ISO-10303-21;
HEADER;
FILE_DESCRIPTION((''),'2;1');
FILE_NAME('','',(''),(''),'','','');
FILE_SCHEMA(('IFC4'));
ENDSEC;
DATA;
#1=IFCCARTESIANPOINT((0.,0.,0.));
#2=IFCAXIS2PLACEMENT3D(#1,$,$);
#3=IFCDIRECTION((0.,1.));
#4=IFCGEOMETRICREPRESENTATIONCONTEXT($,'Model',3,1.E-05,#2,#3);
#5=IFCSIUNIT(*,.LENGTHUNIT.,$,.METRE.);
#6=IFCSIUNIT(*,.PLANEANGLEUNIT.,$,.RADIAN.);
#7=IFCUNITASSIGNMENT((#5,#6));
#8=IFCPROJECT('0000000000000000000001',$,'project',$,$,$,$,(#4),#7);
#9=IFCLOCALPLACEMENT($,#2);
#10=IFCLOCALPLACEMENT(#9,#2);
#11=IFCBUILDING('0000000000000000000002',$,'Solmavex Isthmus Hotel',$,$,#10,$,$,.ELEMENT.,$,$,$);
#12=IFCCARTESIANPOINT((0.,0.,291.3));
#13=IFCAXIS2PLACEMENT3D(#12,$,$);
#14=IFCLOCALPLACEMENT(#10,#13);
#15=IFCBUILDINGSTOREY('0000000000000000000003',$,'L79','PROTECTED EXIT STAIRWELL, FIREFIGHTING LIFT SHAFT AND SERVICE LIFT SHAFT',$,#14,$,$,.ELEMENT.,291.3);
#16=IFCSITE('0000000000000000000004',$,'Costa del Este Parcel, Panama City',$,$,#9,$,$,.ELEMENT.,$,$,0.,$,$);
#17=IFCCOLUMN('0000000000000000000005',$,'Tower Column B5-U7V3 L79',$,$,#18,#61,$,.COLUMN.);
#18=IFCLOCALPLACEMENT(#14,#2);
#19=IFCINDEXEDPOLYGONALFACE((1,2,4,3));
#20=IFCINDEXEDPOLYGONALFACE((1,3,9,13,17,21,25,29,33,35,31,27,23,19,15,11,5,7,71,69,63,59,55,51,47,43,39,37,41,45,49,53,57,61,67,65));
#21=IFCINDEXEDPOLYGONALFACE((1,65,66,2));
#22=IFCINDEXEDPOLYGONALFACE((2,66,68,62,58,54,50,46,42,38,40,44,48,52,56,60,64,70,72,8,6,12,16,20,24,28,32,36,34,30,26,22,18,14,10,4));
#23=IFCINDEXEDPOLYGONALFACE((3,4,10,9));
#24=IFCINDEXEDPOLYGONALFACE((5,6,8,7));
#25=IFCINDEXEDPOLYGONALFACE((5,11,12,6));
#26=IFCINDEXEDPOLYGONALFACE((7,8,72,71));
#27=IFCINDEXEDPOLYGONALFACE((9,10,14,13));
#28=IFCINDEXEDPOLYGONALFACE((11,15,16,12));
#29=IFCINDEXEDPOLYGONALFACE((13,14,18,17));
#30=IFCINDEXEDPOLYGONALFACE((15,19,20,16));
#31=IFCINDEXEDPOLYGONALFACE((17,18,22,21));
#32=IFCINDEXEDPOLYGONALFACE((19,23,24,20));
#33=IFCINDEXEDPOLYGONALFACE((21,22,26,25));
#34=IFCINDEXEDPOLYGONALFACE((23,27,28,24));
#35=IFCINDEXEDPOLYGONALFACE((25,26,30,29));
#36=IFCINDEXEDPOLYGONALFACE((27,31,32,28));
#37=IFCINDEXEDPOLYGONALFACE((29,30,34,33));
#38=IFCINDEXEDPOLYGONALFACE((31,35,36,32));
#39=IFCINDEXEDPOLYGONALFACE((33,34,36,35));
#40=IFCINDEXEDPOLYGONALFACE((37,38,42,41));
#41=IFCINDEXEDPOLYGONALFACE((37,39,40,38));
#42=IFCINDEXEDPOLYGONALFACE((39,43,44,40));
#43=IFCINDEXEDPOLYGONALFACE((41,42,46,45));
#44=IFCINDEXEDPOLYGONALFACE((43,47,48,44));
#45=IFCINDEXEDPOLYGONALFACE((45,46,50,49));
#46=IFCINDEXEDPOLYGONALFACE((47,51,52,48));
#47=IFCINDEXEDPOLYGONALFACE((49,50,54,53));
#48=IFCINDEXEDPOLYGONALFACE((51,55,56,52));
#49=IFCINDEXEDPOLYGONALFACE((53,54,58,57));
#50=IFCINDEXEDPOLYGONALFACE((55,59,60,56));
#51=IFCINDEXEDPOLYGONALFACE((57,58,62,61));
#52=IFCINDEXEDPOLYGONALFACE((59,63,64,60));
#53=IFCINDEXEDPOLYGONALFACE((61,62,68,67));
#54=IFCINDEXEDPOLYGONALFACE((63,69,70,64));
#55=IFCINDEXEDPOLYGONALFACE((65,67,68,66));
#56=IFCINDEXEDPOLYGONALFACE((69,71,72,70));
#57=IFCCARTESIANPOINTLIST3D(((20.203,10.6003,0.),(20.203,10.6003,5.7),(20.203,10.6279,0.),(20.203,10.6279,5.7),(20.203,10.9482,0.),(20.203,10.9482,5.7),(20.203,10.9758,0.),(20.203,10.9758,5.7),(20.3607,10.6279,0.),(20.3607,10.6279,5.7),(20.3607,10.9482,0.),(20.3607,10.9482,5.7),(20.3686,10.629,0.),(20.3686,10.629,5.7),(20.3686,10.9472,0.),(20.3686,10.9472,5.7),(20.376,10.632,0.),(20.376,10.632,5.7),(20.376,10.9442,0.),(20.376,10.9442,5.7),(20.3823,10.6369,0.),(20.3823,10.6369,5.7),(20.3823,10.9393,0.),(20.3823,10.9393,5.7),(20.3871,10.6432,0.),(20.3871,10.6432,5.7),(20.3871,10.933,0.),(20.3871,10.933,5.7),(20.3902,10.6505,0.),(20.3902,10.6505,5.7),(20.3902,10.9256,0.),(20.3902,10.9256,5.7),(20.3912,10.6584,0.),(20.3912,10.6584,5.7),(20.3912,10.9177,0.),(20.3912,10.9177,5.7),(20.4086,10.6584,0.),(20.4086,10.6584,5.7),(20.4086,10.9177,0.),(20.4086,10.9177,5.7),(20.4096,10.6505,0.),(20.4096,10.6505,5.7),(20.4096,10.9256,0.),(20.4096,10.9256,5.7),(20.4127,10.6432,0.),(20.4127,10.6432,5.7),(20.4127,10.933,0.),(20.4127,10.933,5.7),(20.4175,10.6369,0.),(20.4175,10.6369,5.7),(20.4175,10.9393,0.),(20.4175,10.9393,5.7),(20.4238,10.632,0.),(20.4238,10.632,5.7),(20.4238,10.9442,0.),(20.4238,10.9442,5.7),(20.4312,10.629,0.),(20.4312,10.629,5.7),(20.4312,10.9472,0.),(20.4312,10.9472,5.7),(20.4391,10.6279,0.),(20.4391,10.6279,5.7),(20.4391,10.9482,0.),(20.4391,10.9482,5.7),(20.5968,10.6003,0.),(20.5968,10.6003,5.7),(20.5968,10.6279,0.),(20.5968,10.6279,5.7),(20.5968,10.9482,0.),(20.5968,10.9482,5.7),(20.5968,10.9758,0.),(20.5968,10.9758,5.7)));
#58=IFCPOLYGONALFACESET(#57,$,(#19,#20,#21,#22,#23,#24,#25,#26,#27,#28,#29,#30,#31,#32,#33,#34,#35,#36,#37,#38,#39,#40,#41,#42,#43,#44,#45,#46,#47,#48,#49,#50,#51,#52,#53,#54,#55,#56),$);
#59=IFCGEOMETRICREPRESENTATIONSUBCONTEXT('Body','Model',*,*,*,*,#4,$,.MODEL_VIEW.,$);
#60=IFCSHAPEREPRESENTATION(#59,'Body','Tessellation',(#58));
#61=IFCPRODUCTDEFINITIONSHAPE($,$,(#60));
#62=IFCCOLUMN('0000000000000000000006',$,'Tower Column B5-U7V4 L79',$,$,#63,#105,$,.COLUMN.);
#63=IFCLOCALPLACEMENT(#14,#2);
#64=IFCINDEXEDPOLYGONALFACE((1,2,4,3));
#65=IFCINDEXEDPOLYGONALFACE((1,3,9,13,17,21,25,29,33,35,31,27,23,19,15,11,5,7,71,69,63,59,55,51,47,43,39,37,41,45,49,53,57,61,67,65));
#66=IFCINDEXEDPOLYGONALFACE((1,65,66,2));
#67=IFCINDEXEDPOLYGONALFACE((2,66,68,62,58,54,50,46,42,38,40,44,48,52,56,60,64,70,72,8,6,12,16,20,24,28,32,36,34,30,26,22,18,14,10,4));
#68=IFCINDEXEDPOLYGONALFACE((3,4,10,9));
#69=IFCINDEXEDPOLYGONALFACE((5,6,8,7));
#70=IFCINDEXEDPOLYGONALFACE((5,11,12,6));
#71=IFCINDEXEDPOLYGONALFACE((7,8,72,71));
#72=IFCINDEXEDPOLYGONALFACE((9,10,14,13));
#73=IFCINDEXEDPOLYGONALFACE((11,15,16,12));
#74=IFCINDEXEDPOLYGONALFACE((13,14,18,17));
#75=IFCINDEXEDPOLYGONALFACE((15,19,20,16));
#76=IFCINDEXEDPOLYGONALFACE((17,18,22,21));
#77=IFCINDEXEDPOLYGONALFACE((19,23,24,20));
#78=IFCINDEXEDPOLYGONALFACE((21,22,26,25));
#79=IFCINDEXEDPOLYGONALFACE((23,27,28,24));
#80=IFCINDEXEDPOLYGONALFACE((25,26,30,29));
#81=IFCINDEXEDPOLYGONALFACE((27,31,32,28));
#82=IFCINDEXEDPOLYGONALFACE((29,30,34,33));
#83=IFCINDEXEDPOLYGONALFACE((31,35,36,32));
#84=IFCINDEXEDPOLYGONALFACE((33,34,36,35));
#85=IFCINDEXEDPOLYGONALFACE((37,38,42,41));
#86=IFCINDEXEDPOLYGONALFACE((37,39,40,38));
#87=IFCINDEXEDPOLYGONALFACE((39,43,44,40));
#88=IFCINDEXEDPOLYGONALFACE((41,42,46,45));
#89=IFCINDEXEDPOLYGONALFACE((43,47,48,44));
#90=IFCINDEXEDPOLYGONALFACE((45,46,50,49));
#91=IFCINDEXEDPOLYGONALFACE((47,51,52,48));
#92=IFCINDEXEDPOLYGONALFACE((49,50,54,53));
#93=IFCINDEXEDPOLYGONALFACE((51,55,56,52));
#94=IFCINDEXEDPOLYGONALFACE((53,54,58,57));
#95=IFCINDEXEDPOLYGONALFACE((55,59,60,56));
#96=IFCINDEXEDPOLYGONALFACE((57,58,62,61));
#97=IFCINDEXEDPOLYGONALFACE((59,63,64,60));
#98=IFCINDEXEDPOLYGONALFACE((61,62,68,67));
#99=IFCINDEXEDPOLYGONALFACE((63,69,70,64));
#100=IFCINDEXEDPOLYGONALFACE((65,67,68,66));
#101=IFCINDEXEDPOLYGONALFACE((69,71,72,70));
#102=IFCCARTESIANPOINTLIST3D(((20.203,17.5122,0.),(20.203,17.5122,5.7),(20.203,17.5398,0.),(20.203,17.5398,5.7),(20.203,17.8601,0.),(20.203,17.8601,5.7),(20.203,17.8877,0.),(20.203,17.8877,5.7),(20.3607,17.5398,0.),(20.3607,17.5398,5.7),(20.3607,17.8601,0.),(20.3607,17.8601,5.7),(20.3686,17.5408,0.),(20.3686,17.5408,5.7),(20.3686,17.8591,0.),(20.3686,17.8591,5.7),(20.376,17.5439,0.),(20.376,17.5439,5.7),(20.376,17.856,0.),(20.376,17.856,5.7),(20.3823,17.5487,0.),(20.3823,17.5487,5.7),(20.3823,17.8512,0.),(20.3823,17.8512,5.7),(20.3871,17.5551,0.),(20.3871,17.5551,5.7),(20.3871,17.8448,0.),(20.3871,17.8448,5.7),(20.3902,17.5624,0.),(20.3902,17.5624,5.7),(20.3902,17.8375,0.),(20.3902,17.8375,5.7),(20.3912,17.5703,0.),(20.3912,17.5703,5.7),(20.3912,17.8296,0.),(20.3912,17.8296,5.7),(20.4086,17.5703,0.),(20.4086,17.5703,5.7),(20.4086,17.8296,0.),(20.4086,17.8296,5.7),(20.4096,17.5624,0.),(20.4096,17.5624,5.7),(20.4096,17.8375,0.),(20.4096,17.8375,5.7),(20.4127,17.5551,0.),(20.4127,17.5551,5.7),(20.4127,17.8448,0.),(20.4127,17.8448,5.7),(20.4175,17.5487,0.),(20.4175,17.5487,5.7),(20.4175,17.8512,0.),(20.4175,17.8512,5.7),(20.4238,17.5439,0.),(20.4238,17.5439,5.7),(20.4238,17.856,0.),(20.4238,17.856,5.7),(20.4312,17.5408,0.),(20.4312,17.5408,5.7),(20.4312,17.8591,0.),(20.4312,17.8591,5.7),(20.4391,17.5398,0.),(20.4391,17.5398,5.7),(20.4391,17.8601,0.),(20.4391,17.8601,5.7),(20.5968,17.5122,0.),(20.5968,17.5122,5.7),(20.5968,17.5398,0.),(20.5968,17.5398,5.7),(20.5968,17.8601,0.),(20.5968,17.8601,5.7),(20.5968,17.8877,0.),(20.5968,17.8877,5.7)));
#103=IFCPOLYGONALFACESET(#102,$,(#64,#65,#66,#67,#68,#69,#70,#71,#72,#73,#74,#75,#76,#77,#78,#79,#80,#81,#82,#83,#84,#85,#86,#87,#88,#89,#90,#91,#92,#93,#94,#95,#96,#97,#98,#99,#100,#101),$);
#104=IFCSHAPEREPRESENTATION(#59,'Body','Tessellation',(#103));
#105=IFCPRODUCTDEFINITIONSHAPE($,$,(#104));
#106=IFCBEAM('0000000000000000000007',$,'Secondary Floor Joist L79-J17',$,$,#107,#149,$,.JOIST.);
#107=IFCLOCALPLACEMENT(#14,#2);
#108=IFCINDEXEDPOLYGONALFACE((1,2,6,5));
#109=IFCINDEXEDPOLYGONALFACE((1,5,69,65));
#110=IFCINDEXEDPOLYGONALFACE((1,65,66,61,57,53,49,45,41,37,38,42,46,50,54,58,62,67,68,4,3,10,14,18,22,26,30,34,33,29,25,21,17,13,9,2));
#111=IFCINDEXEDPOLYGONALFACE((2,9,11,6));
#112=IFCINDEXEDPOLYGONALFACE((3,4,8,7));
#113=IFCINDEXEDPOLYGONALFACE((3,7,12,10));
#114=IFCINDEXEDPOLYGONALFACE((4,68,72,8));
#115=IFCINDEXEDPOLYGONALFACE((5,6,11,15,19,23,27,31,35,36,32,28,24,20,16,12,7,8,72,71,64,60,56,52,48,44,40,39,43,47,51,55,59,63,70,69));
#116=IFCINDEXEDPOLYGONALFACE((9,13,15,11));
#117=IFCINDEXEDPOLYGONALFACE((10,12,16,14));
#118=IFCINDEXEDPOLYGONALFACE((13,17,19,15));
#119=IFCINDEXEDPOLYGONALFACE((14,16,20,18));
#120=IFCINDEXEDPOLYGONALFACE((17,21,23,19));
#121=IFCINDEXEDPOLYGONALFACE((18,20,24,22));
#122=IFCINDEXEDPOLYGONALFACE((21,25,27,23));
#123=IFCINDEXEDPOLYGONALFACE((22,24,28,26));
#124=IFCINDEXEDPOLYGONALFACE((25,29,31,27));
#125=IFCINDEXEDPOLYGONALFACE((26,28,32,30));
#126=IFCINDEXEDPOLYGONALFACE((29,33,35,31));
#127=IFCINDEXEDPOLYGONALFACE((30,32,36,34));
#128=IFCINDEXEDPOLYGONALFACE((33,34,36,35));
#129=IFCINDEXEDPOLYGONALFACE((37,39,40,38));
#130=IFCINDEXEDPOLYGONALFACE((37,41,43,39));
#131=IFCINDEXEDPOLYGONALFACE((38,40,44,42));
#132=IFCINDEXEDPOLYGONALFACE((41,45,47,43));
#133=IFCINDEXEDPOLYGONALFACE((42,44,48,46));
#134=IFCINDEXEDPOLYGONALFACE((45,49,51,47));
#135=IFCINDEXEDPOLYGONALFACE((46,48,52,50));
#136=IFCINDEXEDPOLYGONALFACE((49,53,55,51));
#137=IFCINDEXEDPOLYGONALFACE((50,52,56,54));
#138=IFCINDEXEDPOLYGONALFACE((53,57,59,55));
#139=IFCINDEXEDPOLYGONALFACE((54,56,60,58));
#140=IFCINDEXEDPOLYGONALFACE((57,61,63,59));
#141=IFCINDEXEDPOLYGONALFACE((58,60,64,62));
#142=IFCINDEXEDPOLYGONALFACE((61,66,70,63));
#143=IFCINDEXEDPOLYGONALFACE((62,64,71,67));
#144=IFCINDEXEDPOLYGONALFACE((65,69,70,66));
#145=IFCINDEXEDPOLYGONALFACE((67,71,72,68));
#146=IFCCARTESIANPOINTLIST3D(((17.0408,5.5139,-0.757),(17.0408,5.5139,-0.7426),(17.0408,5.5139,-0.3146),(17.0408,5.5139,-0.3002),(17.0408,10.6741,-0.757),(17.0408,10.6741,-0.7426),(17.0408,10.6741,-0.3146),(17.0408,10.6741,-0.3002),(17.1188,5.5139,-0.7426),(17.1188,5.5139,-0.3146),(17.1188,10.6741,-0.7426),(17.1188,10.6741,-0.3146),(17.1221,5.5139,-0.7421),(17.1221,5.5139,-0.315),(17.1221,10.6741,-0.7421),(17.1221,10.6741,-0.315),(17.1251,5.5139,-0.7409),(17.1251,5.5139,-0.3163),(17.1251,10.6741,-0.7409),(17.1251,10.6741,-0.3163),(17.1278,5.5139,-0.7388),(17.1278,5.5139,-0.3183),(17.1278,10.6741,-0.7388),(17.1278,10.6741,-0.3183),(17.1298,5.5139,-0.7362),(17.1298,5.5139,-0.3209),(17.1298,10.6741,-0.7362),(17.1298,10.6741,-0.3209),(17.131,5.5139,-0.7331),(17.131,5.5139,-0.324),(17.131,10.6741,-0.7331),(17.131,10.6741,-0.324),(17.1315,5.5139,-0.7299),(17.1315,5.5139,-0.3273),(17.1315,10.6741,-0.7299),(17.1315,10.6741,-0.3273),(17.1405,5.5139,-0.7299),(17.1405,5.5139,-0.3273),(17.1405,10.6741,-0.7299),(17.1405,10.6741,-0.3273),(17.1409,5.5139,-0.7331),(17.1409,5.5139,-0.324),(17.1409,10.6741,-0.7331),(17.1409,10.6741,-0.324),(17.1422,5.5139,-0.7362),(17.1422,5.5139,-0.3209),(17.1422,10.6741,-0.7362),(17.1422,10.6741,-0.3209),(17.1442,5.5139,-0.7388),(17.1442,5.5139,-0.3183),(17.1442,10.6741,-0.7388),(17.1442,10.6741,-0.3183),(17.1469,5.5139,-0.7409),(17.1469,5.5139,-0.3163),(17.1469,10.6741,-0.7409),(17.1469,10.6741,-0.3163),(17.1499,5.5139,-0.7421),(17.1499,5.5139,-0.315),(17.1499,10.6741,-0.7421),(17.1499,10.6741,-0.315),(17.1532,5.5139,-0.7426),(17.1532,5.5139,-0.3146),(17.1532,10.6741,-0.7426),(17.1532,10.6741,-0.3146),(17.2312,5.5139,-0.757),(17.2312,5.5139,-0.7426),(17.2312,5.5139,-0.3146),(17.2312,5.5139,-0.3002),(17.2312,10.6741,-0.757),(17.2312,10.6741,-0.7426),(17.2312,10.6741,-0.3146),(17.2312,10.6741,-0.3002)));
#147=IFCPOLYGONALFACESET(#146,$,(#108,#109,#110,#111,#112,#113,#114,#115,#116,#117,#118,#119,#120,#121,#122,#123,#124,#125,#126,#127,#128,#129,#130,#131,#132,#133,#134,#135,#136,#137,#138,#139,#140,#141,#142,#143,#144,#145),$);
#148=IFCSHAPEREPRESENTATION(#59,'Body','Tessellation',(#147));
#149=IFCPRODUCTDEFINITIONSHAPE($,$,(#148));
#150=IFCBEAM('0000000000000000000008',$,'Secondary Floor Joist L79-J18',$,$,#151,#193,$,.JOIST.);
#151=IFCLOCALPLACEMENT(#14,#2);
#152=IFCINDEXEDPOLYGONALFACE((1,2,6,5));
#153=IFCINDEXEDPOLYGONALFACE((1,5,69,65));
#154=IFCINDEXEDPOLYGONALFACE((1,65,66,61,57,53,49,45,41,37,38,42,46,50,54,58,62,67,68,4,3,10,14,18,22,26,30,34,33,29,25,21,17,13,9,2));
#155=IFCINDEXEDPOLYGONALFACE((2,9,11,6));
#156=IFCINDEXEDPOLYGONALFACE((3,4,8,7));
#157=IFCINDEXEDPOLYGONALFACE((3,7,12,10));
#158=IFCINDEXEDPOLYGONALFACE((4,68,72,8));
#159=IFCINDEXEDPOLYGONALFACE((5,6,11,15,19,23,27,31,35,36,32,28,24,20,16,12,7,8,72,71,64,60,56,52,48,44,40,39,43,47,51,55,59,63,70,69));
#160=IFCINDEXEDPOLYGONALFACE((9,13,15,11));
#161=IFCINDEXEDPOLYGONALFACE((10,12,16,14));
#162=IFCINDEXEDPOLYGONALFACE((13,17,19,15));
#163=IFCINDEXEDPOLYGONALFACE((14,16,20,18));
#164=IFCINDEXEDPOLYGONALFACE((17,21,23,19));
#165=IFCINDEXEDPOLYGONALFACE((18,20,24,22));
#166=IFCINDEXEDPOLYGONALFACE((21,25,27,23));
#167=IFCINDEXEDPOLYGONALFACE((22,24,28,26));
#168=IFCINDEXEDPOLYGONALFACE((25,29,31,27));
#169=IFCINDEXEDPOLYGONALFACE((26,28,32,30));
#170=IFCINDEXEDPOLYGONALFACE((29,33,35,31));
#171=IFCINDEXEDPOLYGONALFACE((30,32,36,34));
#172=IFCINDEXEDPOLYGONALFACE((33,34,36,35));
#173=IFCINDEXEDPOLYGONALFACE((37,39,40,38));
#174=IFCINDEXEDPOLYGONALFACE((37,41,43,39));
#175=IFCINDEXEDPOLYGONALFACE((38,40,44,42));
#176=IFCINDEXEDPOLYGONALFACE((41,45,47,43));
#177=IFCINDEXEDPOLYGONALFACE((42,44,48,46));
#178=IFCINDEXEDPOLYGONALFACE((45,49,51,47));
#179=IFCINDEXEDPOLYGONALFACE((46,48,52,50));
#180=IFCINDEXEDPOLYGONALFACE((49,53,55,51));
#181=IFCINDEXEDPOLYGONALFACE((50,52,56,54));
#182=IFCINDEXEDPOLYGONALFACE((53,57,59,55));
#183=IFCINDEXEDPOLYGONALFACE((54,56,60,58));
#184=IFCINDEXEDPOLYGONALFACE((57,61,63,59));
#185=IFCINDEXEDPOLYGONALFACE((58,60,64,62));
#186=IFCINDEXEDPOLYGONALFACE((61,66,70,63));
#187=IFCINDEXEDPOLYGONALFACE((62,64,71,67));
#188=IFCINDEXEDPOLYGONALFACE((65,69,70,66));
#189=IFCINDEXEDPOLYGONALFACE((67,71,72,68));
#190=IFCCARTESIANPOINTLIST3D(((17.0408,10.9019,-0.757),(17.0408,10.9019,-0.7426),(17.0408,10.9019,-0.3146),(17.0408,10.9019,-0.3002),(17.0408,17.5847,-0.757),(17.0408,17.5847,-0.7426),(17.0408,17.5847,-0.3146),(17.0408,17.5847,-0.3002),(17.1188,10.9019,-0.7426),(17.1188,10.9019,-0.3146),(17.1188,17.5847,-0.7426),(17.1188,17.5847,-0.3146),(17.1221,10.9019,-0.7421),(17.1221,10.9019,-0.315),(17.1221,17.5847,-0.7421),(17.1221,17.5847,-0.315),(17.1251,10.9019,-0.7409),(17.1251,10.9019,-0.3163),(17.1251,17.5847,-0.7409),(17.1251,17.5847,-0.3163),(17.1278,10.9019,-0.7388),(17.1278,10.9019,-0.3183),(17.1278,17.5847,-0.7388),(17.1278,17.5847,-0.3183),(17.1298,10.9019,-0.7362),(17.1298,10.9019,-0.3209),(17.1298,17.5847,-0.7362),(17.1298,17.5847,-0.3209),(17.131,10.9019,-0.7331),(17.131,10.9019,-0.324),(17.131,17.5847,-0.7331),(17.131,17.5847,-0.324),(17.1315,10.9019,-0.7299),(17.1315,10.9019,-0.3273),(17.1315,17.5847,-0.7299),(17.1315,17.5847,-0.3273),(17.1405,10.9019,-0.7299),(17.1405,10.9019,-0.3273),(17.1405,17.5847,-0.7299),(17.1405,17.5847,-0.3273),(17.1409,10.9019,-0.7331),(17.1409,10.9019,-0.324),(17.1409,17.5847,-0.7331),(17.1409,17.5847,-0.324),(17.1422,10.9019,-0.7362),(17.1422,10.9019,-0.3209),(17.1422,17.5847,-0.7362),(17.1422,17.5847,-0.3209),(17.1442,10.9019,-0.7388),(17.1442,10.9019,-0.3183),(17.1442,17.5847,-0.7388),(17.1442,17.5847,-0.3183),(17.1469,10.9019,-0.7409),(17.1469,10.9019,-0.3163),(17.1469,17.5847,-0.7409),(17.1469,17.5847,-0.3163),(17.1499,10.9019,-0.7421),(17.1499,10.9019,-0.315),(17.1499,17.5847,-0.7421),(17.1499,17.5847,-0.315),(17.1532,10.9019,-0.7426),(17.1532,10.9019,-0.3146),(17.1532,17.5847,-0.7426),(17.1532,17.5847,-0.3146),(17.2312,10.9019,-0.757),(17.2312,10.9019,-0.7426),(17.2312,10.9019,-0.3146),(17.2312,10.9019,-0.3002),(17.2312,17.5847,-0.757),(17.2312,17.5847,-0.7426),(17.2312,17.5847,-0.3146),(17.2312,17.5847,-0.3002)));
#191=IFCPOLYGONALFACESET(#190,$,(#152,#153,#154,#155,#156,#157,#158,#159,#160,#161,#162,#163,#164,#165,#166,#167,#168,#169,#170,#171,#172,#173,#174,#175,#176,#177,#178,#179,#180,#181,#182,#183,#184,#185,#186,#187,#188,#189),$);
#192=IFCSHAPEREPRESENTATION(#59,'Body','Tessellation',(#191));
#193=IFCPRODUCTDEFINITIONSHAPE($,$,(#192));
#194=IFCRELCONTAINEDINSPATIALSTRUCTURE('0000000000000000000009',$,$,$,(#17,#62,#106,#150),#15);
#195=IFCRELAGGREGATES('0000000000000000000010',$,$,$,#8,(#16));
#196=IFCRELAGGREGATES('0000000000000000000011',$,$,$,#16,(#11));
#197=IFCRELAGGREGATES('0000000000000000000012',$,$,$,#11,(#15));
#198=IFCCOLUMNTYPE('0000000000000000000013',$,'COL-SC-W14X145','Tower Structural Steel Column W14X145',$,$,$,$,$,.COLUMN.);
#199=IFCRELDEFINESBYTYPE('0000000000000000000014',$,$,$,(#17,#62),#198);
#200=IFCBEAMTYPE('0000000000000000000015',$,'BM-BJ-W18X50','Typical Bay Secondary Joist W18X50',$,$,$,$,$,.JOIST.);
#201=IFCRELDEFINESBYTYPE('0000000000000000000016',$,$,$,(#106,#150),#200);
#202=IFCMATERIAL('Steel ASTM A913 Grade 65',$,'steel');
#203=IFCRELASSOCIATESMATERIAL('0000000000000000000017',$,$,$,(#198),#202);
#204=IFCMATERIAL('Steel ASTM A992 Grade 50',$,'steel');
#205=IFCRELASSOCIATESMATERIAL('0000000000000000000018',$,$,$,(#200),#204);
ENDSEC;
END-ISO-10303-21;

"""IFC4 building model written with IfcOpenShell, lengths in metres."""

from ifc_helpers import new_model, si_unit, direction, frame, origin, origin_2d, place, context, subcontext, project, spatial, i_section, extrude, material, material_profile, profile_set, type_object, element, save


model = new_model("IFC4")

# Units and contexts
model_context = context("Model", 3, precision=1e-05, world=origin(), true_north=direction((0.0, 1.0)))
body_context = subcontext(model_context, "Body", "Model", "MODEL_VIEW")
ifc_project = project(units=[si_unit("LENGTHUNIT", "METRE"), si_unit("PLANEANGLEUNIT", "RADIAN")], contexts=[model_context])

# Site, building, storey
site_placement = place(None, origin())
site = spatial("IfcSite", under=ifc_project, at=site_placement, Name="Costa del Este Parcel, Panama City", CompositionType="ELEMENT", RefElevation=0.0)
building_placement = place(site_placement, origin())
building = spatial("IfcBuilding", under=site, at=building_placement, Name="Solmavex Isthmus Hotel", CompositionType="ELEMENT")
storey_placement = place(building_placement, frame((0.0, 0.0, 291.3)))
storey = spatial("IfcBuildingStorey", under=building, at=storey_placement, Name="L79", Description="PROTECTED EXIT STAIRWELL, FIREFIGHTING LIFT SHAFT AND SERVICE LIFT SHAFT", CompositionType="ELEMENT", Elevation=291.3)

# Columns
ifc_material_1 = material(Name="Steel ASTM A913 Grade 65", Category="steel")
ifc_material_profile_1 = material_profile(ifc_material_1, i_section(OverallWidth=0.3938, OverallDepth=0.3755, WebThickness=0.0173, FlangeThickness=0.0276, FilletRadius=0.0305, at=origin_2d()), Name="W14X145")
ifc_profile_set_1 = profile_set([ifc_material_profile_1], Name="Steel ASTM A913 Grade 65")
column_type = type_object("IfcColumnType", Name="COL-SC-W14X145", Description="Tower Structural Steel Column W14X145", PredefinedType="COLUMN", material=ifc_profile_set_1)
for number, where, z_axis, x_axis, name in (
    (1, (20.3999, 10.7881, 0.0), (0.0, 0.0, 1.0), (1.0, 0.0, 0.0), "Tower Column B5-U7V3 L79"),
    (2, (20.3999, 17.7, 0.0), (0.0, 0.0, 1.0), (1.0, 0.0, 0.0), "Tower Column B5-U7V4 L79"),
):
    element("IfcColumn", number, at=place(storey_placement, frame(where, z_axis=z_axis, x_axis=x_axis)), inside=storey, type_object=column_type, Name=name, PredefinedType="COLUMN", context=body_context, shape_type="SweptSolid", body=[
        extrude(i_section(OverallWidth=0.3938, OverallDepth=0.3755, WebThickness=0.0173, FlangeThickness=0.0276, FilletRadius=0.0305, at=origin_2d()), origin(), (0.0, 0.0, 1.0), 5.7),
    ])

# Beams
ifc_material_2 = material(Name="Steel ASTM A992 Grade 50", Category="steel")
ifc_material_profile_2 = material_profile(ifc_material_2, i_section(OverallWidth=0.1904, OverallDepth=0.4568, WebThickness=0.009, FlangeThickness=0.0144, FilletRadius=0.0127, at=origin_2d()), Name="W18X50")
ifc_profile_set_2 = profile_set([ifc_material_profile_2], Name="Steel ASTM A992 Grade 50")
beam_type_1 = type_object("IfcBeamType", Name="BM-BJ-W18X50", Description="Typical Bay Secondary Joist W18X50", PredefinedType="JOIST", material=ifc_profile_set_2)
beam_1_placement = place(storey_placement, frame((17.136, 5.5139, -0.5286), z_axis=(0.0, 1.0, 0.0), x_axis=(-1.0, 0.0, 0.0)))
element("IfcBeam", 3, at=beam_1_placement, inside=storey, type_object=beam_type_1, Name="Secondary Floor Joist L79-J17", PredefinedType="JOIST", context=body_context, shape_type="SweptSolid", body=[
    extrude(i_section(OverallWidth=0.1904, OverallDepth=0.4568, WebThickness=0.009, FlangeThickness=0.0144, FilletRadius=0.0127, at=origin_2d()), origin(), (0.0, 0.0, 1.0), 5.1602),
])
beam_2_placement = place(storey_placement, frame((17.136, 10.9019, -0.5286), z_axis=(0.0, 1.0, 0.0), x_axis=(-1.0, 0.0, 0.0)))
element("IfcBeam", 4, at=beam_2_placement, inside=storey, type_object=beam_type_1, Name="Secondary Floor Joist L79-J18", PredefinedType="JOIST", context=body_context, shape_type="SweptSolid", body=[
    extrude(i_section(OverallWidth=0.1904, OverallDepth=0.4568, WebThickness=0.009, FlangeThickness=0.0144, FilletRadius=0.0127, at=origin_2d()), origin(), (0.0, 0.0, 1.0), 6.6829),
])

save(model, "model.ifc")
